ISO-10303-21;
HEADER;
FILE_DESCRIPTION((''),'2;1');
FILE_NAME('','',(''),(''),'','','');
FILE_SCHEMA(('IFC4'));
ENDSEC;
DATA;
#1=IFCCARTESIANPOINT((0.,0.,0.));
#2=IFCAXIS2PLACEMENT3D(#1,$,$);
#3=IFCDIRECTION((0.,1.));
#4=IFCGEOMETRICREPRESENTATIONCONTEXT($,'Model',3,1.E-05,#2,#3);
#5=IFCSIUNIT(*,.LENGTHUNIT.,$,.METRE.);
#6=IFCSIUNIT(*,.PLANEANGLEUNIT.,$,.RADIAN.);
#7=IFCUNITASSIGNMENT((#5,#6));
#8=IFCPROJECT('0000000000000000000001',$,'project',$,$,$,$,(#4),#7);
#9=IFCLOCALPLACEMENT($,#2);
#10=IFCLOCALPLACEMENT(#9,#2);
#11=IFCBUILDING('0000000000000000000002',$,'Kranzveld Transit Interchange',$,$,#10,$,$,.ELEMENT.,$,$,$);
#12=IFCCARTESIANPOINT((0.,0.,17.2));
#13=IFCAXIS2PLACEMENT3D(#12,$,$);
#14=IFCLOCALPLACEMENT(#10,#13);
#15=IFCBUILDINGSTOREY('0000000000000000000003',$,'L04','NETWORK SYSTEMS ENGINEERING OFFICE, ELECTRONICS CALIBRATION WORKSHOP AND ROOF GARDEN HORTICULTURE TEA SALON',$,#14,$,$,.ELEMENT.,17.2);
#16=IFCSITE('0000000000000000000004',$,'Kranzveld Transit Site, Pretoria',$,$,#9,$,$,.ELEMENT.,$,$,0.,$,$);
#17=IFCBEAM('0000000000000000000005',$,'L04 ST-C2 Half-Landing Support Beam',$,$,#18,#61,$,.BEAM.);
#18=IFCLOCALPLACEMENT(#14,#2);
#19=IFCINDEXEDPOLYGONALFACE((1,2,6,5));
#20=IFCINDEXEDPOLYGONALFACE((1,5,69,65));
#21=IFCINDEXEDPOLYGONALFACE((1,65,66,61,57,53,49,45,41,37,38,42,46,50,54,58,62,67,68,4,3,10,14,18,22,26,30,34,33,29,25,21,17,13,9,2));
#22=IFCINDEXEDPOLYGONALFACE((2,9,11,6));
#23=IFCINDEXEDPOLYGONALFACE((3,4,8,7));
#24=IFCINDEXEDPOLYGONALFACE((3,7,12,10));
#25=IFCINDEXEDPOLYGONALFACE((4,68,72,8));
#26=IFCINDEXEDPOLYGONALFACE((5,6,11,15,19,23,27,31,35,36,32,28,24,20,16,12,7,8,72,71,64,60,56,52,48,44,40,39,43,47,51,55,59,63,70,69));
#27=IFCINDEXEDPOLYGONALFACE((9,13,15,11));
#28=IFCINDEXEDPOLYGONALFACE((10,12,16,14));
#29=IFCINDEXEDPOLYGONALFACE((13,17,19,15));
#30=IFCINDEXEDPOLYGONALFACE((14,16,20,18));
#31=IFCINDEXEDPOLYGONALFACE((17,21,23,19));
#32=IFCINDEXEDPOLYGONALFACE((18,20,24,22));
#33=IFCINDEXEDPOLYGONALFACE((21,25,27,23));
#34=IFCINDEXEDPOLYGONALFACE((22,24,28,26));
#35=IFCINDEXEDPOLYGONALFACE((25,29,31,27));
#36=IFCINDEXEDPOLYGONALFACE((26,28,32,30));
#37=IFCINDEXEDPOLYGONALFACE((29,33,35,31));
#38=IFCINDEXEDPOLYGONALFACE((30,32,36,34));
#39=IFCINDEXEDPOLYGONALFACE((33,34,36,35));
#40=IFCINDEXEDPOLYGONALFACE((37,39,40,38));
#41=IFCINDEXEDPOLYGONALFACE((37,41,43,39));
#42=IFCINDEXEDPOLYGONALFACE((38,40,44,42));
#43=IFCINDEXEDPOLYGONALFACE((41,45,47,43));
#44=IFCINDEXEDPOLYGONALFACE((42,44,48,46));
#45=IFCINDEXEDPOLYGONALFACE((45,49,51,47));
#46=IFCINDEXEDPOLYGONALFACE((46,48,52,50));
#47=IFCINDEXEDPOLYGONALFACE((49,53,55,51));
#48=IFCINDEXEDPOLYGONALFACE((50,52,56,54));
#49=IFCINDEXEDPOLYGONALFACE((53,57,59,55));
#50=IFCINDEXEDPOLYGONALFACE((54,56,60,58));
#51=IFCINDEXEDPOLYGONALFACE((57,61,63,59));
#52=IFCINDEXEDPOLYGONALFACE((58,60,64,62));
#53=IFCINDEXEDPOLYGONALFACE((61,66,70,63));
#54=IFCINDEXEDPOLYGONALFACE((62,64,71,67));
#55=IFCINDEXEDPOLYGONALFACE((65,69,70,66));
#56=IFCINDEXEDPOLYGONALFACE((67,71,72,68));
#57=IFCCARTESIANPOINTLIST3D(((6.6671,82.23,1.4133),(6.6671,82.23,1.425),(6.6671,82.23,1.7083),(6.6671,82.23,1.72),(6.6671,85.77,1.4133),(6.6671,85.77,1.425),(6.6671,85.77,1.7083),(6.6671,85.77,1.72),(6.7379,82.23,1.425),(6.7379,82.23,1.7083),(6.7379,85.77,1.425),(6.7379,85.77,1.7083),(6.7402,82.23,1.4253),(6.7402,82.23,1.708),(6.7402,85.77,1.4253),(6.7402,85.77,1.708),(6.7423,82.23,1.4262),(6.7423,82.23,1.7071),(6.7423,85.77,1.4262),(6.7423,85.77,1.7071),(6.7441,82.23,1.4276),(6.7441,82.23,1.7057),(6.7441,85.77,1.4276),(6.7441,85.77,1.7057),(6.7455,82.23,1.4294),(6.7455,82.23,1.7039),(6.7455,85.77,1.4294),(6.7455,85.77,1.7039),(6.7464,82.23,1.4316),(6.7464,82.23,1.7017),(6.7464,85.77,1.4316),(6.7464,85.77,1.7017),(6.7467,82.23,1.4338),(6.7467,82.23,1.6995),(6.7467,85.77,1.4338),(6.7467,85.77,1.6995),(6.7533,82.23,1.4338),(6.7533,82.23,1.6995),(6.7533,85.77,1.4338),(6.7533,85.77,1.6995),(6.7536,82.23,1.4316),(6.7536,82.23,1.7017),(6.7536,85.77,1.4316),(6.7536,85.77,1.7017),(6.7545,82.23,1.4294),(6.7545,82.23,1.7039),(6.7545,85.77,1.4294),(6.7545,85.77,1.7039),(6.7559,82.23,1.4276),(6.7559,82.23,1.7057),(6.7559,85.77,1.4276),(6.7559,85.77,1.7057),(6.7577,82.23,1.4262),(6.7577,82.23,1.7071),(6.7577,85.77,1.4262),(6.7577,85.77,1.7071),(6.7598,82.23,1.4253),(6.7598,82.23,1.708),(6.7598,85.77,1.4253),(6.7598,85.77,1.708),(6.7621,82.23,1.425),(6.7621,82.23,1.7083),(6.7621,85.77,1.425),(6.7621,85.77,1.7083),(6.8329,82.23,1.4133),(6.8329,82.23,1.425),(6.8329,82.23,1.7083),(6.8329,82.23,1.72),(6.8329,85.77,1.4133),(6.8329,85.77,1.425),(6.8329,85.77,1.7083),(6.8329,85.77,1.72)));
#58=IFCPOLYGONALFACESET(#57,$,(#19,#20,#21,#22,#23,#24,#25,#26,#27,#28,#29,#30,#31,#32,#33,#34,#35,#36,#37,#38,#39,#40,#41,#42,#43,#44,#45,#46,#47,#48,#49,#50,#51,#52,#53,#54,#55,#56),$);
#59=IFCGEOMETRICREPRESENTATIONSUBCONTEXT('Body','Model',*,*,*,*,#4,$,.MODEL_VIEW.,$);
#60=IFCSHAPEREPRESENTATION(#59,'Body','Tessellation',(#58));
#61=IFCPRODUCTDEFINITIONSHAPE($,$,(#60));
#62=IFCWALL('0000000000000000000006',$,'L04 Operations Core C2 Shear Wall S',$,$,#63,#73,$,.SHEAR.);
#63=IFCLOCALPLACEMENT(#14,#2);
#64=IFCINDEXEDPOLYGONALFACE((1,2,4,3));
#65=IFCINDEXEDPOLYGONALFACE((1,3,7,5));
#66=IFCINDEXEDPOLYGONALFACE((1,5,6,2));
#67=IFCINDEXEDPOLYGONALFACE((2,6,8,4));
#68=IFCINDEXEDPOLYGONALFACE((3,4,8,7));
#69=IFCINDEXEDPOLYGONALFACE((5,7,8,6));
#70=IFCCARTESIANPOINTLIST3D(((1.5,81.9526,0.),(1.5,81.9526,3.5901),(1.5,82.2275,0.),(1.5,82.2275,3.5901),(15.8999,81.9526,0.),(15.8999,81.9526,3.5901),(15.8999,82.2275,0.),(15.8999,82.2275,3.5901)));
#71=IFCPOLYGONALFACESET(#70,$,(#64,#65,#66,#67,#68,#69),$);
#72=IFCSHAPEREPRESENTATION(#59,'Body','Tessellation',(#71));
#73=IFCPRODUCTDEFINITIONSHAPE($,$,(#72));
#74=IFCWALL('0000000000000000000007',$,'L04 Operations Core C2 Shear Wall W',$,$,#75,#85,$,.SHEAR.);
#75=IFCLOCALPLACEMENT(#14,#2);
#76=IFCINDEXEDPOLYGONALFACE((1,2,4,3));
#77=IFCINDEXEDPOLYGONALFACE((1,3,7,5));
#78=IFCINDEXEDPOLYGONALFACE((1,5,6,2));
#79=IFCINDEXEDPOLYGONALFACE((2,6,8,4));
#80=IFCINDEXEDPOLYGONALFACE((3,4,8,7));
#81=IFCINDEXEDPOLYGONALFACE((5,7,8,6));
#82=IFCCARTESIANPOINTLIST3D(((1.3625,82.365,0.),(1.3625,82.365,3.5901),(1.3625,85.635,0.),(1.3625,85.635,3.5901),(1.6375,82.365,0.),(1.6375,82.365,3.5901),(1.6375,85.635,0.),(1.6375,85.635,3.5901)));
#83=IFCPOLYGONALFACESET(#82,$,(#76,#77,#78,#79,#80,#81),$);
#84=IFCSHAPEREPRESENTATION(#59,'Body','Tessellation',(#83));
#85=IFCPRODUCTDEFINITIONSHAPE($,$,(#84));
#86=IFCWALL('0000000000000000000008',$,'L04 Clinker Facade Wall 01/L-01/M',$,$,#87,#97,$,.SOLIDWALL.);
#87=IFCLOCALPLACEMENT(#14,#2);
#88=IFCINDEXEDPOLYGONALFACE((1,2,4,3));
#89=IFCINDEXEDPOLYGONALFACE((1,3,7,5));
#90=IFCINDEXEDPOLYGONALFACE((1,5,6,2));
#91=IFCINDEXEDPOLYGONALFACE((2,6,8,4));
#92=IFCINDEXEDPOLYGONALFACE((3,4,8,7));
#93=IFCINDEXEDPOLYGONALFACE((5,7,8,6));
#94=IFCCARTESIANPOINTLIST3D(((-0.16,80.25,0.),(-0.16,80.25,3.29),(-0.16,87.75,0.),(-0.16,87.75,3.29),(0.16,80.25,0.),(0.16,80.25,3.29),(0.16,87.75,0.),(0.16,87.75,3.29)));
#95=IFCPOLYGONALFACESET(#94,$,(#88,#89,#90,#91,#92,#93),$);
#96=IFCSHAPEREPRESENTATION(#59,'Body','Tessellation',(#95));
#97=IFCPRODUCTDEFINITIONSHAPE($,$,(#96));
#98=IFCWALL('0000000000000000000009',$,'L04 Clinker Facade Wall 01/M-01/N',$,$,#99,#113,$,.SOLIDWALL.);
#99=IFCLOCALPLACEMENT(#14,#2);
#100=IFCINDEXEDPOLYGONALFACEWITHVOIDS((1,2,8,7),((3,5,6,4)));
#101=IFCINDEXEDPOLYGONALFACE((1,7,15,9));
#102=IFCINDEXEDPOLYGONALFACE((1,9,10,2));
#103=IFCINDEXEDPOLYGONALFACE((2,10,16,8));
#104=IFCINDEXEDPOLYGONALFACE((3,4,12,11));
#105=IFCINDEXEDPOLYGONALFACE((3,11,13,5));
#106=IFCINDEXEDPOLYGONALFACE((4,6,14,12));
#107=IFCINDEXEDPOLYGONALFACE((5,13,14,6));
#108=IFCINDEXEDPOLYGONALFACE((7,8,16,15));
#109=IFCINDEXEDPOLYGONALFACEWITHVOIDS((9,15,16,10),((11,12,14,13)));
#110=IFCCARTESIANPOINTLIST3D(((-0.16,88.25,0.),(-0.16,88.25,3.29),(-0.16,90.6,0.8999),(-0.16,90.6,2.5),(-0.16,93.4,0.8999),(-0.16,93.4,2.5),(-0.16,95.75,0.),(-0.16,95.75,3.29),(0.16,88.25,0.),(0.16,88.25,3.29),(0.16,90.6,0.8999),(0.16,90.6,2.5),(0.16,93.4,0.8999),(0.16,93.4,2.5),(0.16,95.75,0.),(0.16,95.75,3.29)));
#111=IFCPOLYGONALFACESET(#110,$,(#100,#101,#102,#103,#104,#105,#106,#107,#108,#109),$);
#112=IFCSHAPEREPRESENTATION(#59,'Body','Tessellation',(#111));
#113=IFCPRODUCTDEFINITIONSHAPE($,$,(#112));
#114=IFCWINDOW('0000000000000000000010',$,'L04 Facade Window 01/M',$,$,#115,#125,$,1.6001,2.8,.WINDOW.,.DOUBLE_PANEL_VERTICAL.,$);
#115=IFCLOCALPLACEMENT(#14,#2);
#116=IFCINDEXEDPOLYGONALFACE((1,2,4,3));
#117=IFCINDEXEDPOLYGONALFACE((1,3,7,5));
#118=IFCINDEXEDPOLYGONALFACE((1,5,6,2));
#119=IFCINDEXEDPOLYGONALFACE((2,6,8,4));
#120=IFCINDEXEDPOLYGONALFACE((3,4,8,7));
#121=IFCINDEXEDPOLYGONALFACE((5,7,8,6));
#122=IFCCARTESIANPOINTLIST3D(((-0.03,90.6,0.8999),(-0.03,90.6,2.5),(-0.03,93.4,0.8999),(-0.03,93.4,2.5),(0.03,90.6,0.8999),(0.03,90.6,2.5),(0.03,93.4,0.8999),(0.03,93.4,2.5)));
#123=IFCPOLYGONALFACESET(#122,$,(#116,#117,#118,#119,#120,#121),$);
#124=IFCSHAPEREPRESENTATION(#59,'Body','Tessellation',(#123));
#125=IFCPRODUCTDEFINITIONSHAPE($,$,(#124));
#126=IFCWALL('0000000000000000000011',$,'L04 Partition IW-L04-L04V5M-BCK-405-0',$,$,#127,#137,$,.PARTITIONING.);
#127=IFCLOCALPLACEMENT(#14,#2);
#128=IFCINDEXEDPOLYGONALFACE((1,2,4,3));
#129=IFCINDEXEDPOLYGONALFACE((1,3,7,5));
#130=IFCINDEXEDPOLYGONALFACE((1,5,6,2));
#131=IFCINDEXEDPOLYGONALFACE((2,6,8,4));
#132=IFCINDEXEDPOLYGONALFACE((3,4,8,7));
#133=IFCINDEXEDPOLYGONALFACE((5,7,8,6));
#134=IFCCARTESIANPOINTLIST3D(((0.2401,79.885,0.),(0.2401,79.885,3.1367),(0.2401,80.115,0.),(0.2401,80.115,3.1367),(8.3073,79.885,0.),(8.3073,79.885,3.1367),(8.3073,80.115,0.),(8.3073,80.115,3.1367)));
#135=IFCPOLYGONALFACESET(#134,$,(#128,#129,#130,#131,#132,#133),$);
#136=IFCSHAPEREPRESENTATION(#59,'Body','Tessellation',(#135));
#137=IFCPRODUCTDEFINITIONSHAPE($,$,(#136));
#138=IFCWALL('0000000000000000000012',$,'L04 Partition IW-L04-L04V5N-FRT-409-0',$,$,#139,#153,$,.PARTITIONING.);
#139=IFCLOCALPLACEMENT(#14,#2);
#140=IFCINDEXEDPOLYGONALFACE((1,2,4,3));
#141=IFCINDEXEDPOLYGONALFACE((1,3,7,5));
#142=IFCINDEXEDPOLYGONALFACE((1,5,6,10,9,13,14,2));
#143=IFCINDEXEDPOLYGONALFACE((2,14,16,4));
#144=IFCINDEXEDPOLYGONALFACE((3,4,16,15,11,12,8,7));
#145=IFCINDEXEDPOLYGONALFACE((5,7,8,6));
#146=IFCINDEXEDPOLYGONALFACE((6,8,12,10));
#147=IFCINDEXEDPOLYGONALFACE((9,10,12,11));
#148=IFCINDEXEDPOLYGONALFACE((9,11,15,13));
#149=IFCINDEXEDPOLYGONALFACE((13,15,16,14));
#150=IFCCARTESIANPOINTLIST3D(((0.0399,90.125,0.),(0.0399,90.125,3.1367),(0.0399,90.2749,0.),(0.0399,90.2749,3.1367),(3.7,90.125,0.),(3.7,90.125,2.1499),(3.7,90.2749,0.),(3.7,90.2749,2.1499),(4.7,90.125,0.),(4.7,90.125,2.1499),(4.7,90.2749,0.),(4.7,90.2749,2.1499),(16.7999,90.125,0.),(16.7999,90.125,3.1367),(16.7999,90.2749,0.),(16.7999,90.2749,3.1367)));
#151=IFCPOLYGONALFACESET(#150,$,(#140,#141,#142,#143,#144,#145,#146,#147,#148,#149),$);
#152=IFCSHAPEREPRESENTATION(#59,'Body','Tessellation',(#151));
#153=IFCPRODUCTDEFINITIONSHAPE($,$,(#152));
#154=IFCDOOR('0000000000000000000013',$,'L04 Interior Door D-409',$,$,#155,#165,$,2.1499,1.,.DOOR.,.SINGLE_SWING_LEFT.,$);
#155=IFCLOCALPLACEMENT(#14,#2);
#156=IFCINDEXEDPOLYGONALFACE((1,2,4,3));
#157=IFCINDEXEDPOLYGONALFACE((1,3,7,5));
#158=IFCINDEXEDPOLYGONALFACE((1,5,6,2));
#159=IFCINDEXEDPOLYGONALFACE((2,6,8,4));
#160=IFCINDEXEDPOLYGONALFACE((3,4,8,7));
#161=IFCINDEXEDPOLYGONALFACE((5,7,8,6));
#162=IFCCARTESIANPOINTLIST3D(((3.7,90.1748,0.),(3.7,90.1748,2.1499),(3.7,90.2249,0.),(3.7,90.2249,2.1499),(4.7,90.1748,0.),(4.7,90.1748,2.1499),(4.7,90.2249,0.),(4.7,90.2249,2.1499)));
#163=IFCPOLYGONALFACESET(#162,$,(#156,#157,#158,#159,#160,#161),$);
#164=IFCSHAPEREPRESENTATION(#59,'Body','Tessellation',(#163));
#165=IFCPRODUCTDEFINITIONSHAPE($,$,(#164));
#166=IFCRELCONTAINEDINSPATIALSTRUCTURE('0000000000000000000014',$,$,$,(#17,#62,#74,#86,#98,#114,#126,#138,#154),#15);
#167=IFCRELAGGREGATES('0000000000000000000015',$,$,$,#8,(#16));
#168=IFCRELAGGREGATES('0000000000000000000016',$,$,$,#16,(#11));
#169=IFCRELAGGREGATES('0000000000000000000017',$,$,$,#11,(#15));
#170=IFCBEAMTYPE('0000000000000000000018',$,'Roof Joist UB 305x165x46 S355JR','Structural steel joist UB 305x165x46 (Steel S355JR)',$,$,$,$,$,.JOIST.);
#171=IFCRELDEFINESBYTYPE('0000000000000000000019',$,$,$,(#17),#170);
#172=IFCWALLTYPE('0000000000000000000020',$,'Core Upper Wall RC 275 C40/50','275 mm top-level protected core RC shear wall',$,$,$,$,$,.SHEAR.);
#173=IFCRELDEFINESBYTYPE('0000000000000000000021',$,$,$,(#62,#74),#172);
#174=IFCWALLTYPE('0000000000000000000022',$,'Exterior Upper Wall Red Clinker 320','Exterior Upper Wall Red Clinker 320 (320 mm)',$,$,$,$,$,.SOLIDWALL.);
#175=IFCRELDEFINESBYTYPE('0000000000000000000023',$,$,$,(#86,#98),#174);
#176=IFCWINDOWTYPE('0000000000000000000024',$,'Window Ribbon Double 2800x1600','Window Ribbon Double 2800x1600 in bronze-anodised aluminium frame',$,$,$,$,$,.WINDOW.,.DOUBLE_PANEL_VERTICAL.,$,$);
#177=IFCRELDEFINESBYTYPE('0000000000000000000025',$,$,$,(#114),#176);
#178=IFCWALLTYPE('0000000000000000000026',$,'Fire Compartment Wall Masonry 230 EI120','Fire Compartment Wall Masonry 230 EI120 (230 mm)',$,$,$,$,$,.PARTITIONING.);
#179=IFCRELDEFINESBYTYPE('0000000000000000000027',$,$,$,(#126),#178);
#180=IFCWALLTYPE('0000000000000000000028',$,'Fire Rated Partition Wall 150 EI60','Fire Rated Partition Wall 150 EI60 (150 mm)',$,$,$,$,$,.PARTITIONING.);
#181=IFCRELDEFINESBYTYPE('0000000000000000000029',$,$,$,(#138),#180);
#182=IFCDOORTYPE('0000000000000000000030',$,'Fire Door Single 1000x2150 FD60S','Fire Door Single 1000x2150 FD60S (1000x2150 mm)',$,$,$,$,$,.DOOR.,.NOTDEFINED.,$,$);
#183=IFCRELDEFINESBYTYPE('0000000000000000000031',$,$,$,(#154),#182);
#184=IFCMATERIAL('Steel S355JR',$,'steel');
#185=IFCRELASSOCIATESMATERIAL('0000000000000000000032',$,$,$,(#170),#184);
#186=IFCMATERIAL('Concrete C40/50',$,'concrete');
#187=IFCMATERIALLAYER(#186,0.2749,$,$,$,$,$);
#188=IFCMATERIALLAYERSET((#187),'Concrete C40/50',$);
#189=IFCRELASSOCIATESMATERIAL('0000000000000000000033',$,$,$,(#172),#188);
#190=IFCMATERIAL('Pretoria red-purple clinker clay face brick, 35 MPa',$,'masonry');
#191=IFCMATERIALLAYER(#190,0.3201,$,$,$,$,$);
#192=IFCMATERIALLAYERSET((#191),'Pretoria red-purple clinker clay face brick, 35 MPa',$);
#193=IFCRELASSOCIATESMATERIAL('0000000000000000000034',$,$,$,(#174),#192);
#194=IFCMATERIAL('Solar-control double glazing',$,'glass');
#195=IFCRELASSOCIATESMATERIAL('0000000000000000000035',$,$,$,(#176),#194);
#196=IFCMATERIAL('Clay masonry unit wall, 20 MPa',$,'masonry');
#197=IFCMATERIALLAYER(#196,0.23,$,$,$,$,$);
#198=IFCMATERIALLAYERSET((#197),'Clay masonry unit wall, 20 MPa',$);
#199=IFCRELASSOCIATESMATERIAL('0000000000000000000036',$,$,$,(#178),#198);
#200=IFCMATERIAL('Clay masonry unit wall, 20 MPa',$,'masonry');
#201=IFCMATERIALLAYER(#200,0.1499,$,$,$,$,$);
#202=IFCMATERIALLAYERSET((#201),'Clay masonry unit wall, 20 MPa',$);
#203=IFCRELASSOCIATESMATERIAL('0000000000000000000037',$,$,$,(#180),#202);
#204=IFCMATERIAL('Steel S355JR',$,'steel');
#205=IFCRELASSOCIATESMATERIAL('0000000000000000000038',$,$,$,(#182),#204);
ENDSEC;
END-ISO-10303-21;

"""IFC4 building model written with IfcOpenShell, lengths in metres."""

from ifc_helpers import new_model, si_unit, direction, frame, frame_2d, origin, origin_2d, place, context, subcontext, project, spatial, rectangle, i_section, extrude, material, layer, layer_set, material_profile, profile_set, type_object, element, fill, save


model = new_model("IFC4")

# Units and contexts
model_context = context("Model", 3, precision=1e-05, world=origin(), true_north=direction((0.0, 1.0)))
body_context = subcontext(model_context, "Body", "Model", "MODEL_VIEW")
ifc_project = project(units=[si_unit("LENGTHUNIT", "METRE"), si_unit("PLANEANGLEUNIT", "RADIAN")], contexts=[model_context])

# Site, building, storey
site_placement = place(None, origin())
site = spatial("IfcSite", under=ifc_project, at=site_placement, Name="Kranzveld Transit Site, Pretoria", CompositionType="ELEMENT", RefElevation=0.0)
building_placement = place(site_placement, origin())
building = spatial("IfcBuilding", under=site, at=building_placement, Name="Kranzveld Transit Interchange", CompositionType="ELEMENT")
storey_placement = place(building_placement, frame((0.0, 0.0, 17.2)))
storey = spatial("IfcBuildingStorey", under=building, at=storey_placement, Name="L04", Description="NETWORK SYSTEMS ENGINEERING OFFICE, ELECTRONICS CALIBRATION WORKSHOP AND ROOF GARDEN HORTICULTURE TEA SALON", CompositionType="ELEMENT", Elevation=17.2)

# Beam
ifc_material_1 = material(Name="Steel S355JR", Category="steel")
ifc_material_profile_1 = material_profile(ifc_material_1, i_section(OverallWidth=0.1658, OverallDepth=0.3066, WebThickness=0.0066, FlangeThickness=0.0117, FilletRadius=0.0088, at=origin_2d()), Name="UB 305x165x46")
ifc_profile_set_1 = profile_set([ifc_material_profile_1], Name="Steel S355JR")
beam_type_1 = type_object("IfcBeamType", Name="Roof Joist UB 305x165x46 S355JR", Description="Structural steel joist UB 305x165x46 (Steel S355JR)", PredefinedType="JOIST", material=ifc_profile_set_1)
beam_1_placement = place(storey_placement, frame((6.75, 82.23, 1.5667), z_axis=(0.0, 1.0, 0.0), x_axis=(-1.0, 0.0, 0.0)))
element("IfcBeam", 1, at=beam_1_placement, inside=storey, type_object=beam_type_1, Name="L04 ST-C2 Half-Landing Support Beam", PredefinedType="BEAM", context=body_context, shape_type="SweptSolid", body=[
    extrude(i_section(OverallWidth=0.1658, OverallDepth=0.3066, WebThickness=0.0066, FlangeThickness=0.0117, FilletRadius=0.0088, at=origin_2d()), origin(), (0.0, 0.0, 1.0), 3.54),
])

# Wall
ifc_material_2 = material(Name="Concrete C40/50", Category="concrete")
ifc_layer_1 = layer(ifc_material_2, 0.2749)
ifc_layer_set_1 = layer_set([ifc_layer_1], Name="Concrete C40/50")
wall_type_1 = type_object("IfcWallType", Name="Core Upper Wall RC 275 C40/50", Description="275 mm top-level protected core RC shear wall", PredefinedType="SHEAR", material=ifc_layer_set_1)
wall_1_placement = place(storey_placement, frame((1.5, 82.0901, 0.0), z_axis=(0.0, 0.0, 1.0), x_axis=(1.0, 0.0, 0.0)))
element("IfcWall", 2, at=wall_1_placement, inside=storey, type_object=wall_type_1, Name="L04 Operations Core C2 Shear Wall S", PredefinedType="SHEAR", context=body_context, shape_type="SweptSolid", body=[
    extrude(rectangle(XDim=14.3999, YDim=0.2749, at=frame_2d((7.2, 0.0))), origin(), (0.0, 0.0, 1.0), 3.5901),
])

# Walls
wall_2_placement = place(storey_placement, frame((1.5, 82.365, 0.0), z_axis=(0.0, 0.0, 1.0), x_axis=(0.0, 1.0, 0.0)))
element("IfcWall", 3, at=wall_2_placement, inside=storey, type_object=wall_type_1, Name="L04 Operations Core C2 Shear Wall W", PredefinedType="SHEAR", context=body_context, shape_type="SweptSolid", body=[
    extrude(rectangle(XDim=3.27, YDim=0.2749, at=frame_2d((1.635, 0.0))), origin(), (0.0, 0.0, 1.0), 3.5901),
])
ifc_material_3 = material(Name="Pretoria red-purple clinker clay face brick, 35 MPa", Category="masonry")
ifc_layer_2 = layer(ifc_material_3, 0.3201)
ifc_layer_set_2 = layer_set([ifc_layer_2], Name="Pretoria red-purple clinker clay face brick, 35 MPa")
wall_type_2 = type_object("IfcWallType", Name="Exterior Upper Wall Red Clinker 320", Description="Exterior Upper Wall Red Clinker 320 (320 mm)", PredefinedType="SOLIDWALL", material=ifc_layer_set_2)
wall_3_placement = place(storey_placement, frame((0.0, 80.25, 0.0), z_axis=(0.0, 0.0, 1.0), x_axis=(0.0, 1.0, 0.0)))
element("IfcWall", 4, at=wall_3_placement, inside=storey, type_object=wall_type_2, Name="L04 Clinker Facade Wall 01/L-01/M", PredefinedType="SOLIDWALL", context=body_context, shape_type="SweptSolid", body=[
    extrude(rectangle(XDim=7.5, YDim=0.3201, at=frame_2d((3.75, 0.0))), origin(), (0.0, 0.0, 1.0), 3.29),
])

# Wall, opening, window
wall_4_placement = place(storey_placement, frame((0.0, 88.25, 0.0), z_axis=(0.0, 0.0, 1.0), x_axis=(0.0, 1.0, 0.0)))
wall_4 = element("IfcWall", 5, at=wall_4_placement, inside=storey, type_object=wall_type_2, Name="L04 Clinker Facade Wall 01/M-01/N", PredefinedType="SOLIDWALL", context=body_context, shape_type="SweptSolid", body=[
    extrude(rectangle(XDim=7.5, YDim=0.3201, at=frame_2d((3.75, 0.0))), origin(), (0.0, 0.0, 1.0), 3.29),
])
opening_1_placement = place(wall_4_placement, frame((2.3501, 0.0, 0.8999), z_axis=(0.0, 0.0, 1.0), x_axis=(1.0, 0.0, 0.0)))
opening_1 = element("IfcOpeningElement", 6, at=opening_1_placement, cuts=wall_4, PredefinedType="OPENING", context=body_context, shape_type="SweptSolid", body=[
    extrude(rectangle(XDim=2.8, YDim=1.6001, at=frame_2d((1.3999, 0.8))), frame((0.0, 0.1699, 0.0), z_axis=(0.0, -1.0, 0.0), x_axis=(1.0, 0.0, 0.0)), (0.0, 0.0, 1.0), 0.3401),
])
ifc_material_4 = material(Name="Solar-control double glazing", Category="glass")
window_type = type_object("IfcWindowType", Name="Window Ribbon Double 2800x1600", Description="Window Ribbon Double 2800x1600 in bronze-anodised aluminium frame", PartitioningType="DOUBLE_PANEL_VERTICAL", PredefinedType="WINDOW", material=ifc_material_4)
window_placement = place(opening_1_placement, origin())
window = element("IfcWindow", 7, at=window_placement, inside=storey, type_object=window_type, Name="L04 Facade Window 01/M", OverallHeight=1.6001, OverallWidth=2.8, PartitioningType="DOUBLE_PANEL_VERTICAL", PredefinedType="WINDOW", context=body_context, shape_type="SweptSolid", body=[
    extrude(rectangle(XDim=2.8, YDim=1.6001, at=frame_2d((1.3999, 0.8))), frame((0.0, 0.03, 0.0), z_axis=(0.0, -1.0, 0.0), x_axis=(1.0, 0.0, 0.0)), (0.0, 0.0, 1.0), 0.0601),
])
fill(opening_1, window)

# Wall
ifc_material_5 = material(Name="Clay masonry unit wall, 20 MPa", Category="masonry")
ifc_layer_3 = layer(ifc_material_5, 0.23)
ifc_layer_set_3 = layer_set([ifc_layer_3], Name="Clay masonry unit wall, 20 MPa")
wall_type_3 = type_object("IfcWallType", Name="Fire Compartment Wall Masonry 230 EI120", Description="Fire Compartment Wall Masonry 230 EI120 (230 mm)", PredefinedType="PARTITIONING", material=ifc_layer_set_3)
wall_5_placement = place(storey_placement, frame((0.24, 80.0, 0.0), z_axis=(0.0, 0.0, 1.0), x_axis=(1.0, 0.0, 0.0)))
element("IfcWall", 8, at=wall_5_placement, inside=storey, type_object=wall_type_3, Name="L04 Partition IW-L04-L04V5M-BCK-405-0", PredefinedType="PARTITIONING", context=body_context, shape_type="SweptSolid", body=[
    extrude(rectangle(XDim=8.0671, YDim=0.23, at=frame_2d((4.0337, 0.0))), origin(), (0.0, 0.0, 1.0), 3.1367),
])

# Wall, opening, door
ifc_material_6 = material(Name="Clay masonry unit wall, 20 MPa", Category="masonry")
ifc_layer_4 = layer(ifc_material_6, 0.1499)
ifc_layer_set_4 = layer_set([ifc_layer_4], Name="Clay masonry unit wall, 20 MPa")
wall_type_4 = type_object("IfcWallType", Name="Fire Rated Partition Wall 150 EI60", Description="Fire Rated Partition Wall 150 EI60 (150 mm)", PredefinedType="PARTITIONING", material=ifc_layer_set_4)
wall_6_placement = place(storey_placement, frame((0.04, 90.2, 0.0), z_axis=(0.0, 0.0, 1.0), x_axis=(1.0, 0.0, 0.0)))
wall_6 = element("IfcWall", 9, at=wall_6_placement, inside=storey, type_object=wall_type_4, Name="L04 Partition IW-L04-L04V5N-FRT-409-0", PredefinedType="PARTITIONING", context=body_context, shape_type="SweptSolid", body=[
    extrude(rectangle(XDim=16.76, YDim=0.1499, at=frame_2d((8.3799, 0.0))), origin(), (0.0, 0.0, 1.0), 3.1367),
])
opening_2_placement = place(wall_6_placement, frame((3.6599, 0.0, 0.0), z_axis=(0.0, 0.0, 1.0), x_axis=(1.0, 0.0, 0.0)))
opening_2 = element("IfcOpeningElement", 10, at=opening_2_placement, cuts=wall_6, PredefinedType="OPENING", context=body_context, shape_type="SweptSolid", body=[
    extrude(rectangle(XDim=1.0, YDim=2.1499, at=frame_2d((0.5, 1.075))), frame((0.0, 0.085, 0.0), z_axis=(0.0, -1.0, 0.0), x_axis=(1.0, 0.0, 0.0)), (0.0, 0.0, 1.0), 0.1699),
])
ifc_material_7 = material(Name="Steel S355JR", Category="steel")
door_type_1 = type_object("IfcDoorType", Name="Fire Door Single 1000x2150 FD60S", Description="Fire Door Single 1000x2150 FD60S (1000x2150 mm)", OperationType="NOTDEFINED", PredefinedType="DOOR", material=ifc_material_7)
door_1_placement = place(opening_2_placement, origin())
door_1 = element("IfcDoor", 11, at=door_1_placement, inside=storey, type_object=door_type_1, Name="L04 Interior Door D-409", OperationType="SINGLE_SWING_LEFT", OverallHeight=2.1499, OverallWidth=1.0, PredefinedType="DOOR", context=body_context, shape_type="SweptSolid", body=[
    extrude(rectangle(XDim=1.0, YDim=2.1499, at=frame_2d((0.5, 1.075))), frame((0.0, 0.0249, 0.0), z_axis=(0.0, -1.0, 0.0), x_axis=(1.0, 0.0, 0.0)), (0.0, 0.0, 1.0), 0.05),
])
fill(opening_2, door_1)

save(model, "model.ifc")
